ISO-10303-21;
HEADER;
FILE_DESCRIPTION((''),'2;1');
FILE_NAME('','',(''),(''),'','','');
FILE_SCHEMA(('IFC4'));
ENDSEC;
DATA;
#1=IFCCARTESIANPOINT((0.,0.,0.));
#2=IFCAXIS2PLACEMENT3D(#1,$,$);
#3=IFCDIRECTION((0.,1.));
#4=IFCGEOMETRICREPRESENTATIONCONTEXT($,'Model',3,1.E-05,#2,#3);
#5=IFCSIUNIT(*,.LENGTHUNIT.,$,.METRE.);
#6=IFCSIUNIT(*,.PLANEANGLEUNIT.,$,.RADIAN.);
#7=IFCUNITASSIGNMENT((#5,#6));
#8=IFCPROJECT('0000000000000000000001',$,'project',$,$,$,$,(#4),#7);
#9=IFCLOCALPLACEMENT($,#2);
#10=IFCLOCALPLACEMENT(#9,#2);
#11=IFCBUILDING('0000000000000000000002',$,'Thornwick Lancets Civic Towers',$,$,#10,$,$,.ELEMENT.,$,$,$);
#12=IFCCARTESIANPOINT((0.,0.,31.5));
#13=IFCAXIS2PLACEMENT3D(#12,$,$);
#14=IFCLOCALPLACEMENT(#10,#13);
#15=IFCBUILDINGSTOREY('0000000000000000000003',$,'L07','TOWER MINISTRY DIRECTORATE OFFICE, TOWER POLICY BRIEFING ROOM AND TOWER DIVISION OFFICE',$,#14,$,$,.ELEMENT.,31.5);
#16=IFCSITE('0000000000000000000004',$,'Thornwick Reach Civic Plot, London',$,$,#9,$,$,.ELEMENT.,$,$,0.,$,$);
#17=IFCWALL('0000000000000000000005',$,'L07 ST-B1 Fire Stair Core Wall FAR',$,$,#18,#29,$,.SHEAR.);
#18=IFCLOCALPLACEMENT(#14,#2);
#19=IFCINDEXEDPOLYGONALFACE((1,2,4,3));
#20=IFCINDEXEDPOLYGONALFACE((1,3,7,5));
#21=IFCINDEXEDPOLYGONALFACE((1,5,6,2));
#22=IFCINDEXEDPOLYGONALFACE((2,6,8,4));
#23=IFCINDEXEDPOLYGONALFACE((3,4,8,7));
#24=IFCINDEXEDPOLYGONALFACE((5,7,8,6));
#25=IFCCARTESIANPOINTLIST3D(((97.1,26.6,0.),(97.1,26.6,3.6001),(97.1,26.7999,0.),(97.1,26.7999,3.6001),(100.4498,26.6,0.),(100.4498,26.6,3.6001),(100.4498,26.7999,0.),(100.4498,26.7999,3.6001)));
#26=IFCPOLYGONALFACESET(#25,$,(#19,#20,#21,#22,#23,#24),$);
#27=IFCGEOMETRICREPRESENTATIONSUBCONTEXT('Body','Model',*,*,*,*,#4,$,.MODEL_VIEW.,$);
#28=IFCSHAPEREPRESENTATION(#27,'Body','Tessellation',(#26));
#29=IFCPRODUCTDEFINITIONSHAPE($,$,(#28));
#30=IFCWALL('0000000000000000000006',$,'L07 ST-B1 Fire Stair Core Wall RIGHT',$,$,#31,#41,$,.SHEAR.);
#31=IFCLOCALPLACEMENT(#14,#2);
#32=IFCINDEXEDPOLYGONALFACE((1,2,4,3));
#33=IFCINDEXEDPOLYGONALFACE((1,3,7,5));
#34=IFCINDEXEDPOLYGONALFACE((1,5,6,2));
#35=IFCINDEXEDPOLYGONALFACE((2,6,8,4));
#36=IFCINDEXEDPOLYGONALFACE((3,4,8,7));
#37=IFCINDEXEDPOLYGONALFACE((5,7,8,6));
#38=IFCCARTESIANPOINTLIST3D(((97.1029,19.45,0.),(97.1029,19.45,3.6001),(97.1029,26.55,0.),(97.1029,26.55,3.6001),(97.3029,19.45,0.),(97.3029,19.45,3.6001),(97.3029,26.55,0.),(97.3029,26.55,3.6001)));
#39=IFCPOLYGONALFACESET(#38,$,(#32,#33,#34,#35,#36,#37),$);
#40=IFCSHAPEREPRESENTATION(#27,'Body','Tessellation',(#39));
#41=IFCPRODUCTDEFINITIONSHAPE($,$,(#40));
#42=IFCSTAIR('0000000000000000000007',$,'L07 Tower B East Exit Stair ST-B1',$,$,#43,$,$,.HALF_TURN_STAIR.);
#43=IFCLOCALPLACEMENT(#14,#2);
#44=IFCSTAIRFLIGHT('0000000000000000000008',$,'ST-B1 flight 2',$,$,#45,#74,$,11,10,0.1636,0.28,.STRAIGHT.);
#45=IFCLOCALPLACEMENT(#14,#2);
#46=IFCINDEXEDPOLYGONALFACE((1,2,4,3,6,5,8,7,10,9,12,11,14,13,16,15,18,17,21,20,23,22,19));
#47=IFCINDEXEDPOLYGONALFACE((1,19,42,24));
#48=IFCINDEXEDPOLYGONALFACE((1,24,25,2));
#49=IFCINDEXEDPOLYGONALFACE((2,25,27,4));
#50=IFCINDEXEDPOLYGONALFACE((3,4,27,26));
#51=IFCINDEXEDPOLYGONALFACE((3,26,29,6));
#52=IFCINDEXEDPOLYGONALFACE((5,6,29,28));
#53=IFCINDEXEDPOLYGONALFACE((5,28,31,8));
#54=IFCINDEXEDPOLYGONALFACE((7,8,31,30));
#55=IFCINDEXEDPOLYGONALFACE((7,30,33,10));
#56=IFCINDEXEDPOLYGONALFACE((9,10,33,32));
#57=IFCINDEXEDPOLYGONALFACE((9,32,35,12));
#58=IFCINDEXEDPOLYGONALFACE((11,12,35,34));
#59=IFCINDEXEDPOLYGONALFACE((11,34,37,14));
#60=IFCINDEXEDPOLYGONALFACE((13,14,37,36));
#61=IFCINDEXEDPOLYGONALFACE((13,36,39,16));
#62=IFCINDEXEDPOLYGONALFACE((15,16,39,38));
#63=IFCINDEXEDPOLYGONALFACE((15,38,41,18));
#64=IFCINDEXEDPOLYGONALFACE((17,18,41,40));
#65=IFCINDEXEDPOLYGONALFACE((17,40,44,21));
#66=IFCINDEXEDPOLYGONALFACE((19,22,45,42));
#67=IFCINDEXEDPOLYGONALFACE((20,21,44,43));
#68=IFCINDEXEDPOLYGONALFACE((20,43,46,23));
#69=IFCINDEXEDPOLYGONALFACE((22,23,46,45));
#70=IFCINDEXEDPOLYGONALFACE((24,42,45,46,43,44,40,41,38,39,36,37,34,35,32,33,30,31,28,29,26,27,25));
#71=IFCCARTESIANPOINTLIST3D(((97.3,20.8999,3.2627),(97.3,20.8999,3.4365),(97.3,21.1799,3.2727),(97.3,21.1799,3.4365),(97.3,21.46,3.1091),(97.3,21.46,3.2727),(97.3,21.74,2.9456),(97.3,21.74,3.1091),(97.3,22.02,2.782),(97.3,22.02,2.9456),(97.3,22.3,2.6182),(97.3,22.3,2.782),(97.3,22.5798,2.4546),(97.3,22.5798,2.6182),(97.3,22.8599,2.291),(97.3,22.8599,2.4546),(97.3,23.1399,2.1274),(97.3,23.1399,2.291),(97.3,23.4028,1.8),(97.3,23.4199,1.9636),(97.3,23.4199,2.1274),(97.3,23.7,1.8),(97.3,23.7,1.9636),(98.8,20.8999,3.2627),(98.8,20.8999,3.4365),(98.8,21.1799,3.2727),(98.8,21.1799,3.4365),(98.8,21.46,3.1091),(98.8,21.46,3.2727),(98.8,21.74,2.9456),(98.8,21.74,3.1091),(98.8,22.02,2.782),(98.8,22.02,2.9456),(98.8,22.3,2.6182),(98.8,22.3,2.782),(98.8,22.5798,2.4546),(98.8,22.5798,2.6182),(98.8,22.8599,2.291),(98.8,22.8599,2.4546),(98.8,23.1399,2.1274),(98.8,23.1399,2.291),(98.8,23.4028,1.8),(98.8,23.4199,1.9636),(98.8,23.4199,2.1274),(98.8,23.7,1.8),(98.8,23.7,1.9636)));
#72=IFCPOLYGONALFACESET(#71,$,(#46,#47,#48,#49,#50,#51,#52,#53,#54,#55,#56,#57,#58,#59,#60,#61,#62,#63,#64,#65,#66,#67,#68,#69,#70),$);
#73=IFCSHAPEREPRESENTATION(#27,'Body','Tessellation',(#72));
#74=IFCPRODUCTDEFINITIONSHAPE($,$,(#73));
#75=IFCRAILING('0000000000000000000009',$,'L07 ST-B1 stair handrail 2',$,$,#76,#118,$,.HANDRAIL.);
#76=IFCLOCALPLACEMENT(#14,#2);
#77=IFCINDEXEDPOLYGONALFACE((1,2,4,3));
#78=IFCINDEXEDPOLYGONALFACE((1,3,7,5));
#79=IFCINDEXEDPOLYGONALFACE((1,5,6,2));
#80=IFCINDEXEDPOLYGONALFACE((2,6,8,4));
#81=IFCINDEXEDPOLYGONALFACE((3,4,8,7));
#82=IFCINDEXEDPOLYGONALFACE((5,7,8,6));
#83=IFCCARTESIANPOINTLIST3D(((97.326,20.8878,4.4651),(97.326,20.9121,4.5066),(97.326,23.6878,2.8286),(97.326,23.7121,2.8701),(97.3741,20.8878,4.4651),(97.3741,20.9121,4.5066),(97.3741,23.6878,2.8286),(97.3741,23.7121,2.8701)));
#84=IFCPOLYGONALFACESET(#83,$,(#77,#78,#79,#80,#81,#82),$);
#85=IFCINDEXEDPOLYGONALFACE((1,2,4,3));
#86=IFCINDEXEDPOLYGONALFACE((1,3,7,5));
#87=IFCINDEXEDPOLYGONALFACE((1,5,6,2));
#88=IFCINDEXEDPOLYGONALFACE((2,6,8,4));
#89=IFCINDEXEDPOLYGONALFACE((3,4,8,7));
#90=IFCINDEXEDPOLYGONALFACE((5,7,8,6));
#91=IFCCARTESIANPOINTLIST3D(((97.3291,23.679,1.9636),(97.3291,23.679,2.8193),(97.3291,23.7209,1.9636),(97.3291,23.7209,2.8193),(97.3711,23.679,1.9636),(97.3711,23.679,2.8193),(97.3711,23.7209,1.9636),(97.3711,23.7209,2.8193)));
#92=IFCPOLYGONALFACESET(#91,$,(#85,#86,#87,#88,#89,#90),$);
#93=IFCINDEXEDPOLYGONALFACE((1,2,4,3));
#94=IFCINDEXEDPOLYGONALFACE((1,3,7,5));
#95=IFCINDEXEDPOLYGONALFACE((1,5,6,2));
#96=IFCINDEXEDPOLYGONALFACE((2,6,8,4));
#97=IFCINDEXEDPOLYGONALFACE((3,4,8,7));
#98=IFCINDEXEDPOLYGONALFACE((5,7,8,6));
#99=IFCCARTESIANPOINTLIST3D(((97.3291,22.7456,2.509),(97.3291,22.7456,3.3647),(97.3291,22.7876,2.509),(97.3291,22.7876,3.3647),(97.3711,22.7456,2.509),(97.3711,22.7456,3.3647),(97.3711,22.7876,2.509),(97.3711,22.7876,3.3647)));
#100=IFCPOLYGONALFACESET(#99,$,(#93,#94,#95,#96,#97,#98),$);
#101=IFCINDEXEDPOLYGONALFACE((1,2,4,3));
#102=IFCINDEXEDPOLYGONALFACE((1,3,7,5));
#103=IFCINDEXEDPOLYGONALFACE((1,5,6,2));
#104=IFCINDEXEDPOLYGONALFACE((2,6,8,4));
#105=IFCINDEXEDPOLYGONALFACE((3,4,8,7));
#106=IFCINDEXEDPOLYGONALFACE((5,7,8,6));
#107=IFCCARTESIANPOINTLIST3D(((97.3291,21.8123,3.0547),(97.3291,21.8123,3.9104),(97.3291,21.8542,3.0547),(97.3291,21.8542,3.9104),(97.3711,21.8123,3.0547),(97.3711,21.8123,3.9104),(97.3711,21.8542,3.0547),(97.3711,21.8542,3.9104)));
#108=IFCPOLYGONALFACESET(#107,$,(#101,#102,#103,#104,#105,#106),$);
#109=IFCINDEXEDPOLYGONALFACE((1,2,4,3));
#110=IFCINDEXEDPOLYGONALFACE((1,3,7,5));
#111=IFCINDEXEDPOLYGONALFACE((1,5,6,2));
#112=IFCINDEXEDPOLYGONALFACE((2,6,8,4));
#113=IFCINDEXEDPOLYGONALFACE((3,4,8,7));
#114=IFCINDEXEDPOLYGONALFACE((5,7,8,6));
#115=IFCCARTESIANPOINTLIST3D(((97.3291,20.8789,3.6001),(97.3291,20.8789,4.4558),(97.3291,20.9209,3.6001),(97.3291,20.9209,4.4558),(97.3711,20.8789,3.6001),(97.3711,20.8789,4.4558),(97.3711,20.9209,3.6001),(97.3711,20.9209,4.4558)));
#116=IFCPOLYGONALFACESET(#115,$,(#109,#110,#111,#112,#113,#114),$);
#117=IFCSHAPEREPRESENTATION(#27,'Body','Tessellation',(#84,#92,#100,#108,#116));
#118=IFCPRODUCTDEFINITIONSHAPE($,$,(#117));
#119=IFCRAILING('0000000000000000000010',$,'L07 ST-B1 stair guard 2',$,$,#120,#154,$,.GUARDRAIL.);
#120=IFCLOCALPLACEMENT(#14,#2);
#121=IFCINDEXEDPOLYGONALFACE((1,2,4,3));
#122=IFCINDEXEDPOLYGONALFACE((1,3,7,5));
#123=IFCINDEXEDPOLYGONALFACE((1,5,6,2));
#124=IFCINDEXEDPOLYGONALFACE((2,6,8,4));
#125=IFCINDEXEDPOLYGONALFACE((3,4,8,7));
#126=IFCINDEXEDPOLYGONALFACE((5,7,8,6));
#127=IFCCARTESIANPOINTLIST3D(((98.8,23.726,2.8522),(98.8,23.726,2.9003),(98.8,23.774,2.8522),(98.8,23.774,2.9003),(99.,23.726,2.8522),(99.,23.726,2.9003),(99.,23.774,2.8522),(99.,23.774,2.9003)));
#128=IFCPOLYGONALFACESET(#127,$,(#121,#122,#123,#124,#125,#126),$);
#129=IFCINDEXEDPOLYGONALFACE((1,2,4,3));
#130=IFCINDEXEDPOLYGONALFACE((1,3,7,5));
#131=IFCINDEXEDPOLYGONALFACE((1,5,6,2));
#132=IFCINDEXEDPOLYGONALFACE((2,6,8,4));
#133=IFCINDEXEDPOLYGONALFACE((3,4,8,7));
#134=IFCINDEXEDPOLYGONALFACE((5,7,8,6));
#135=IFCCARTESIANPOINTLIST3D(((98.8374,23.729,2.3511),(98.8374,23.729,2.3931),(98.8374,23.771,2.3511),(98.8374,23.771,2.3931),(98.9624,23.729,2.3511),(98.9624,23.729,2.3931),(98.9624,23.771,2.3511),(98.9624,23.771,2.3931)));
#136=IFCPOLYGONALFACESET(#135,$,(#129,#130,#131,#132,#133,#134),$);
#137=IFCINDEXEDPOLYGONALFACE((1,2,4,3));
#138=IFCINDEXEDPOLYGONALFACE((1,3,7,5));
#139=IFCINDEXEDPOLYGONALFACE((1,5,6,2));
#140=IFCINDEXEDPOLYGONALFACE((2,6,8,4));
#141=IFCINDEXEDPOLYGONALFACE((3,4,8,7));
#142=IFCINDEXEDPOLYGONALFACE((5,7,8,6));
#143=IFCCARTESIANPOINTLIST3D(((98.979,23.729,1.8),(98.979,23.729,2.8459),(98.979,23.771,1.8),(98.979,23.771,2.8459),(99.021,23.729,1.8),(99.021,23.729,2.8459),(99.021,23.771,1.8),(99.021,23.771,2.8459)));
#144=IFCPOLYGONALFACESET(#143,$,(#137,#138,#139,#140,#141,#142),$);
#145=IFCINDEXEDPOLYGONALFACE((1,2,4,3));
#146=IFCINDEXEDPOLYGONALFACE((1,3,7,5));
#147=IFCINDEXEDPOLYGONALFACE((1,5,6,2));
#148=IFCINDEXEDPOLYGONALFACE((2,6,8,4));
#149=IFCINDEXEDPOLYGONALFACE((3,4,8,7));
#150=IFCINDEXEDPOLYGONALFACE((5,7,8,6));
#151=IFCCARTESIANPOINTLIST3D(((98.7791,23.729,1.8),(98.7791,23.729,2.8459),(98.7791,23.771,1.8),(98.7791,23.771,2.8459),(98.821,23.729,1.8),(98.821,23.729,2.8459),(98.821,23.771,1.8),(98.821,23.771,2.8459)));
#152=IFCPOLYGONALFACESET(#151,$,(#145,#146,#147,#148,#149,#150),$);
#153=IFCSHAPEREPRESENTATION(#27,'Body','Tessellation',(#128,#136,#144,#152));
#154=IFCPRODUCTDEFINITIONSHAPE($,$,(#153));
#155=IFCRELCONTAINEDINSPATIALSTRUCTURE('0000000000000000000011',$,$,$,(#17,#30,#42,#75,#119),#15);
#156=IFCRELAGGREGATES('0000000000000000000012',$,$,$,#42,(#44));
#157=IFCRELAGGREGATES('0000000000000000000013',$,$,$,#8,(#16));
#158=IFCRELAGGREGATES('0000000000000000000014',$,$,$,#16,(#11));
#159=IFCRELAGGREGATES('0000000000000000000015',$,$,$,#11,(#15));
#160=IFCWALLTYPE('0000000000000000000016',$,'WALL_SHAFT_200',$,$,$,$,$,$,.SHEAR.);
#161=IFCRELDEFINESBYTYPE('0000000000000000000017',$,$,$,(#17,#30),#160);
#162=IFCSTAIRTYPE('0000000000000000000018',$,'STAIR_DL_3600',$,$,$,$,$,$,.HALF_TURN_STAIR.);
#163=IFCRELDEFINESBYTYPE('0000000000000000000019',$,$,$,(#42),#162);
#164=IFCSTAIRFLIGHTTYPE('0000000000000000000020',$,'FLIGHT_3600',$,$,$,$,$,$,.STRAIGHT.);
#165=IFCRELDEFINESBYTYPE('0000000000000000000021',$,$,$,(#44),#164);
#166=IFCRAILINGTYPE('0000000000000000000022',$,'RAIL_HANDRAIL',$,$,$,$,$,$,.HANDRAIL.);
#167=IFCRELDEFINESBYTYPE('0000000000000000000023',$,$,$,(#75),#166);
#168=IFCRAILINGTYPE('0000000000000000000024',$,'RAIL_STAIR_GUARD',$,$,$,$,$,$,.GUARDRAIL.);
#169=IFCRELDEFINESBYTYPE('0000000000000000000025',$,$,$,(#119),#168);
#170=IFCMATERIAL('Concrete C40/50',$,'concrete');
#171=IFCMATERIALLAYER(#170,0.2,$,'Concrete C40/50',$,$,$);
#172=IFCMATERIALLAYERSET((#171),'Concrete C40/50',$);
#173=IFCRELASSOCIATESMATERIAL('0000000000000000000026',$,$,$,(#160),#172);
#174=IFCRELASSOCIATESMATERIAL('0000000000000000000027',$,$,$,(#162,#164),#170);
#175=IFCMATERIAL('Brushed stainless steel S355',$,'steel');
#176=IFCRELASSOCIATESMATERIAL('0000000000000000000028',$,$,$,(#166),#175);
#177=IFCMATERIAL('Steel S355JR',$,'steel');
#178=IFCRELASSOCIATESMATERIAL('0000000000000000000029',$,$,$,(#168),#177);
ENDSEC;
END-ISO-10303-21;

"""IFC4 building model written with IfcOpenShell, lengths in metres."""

from ifc_helpers import new_model, si_unit, direction, frame, frame_2d, origin, origin_2d, place, context, subcontext, project, spatial, polyline, rectangle, outline, extrude, material, layer, layer_set, type_object, element, aggregate, save


model = new_model("IFC4")

# Units and contexts
model_context = context("Model", 3, precision=1e-05, world=origin(), true_north=direction((0.0, 1.0)))
body_context = subcontext(model_context, "Body", "Model", "MODEL_VIEW")
ifc_project = project(units=[si_unit("LENGTHUNIT", "METRE"), si_unit("PLANEANGLEUNIT", "RADIAN")], contexts=[model_context])

# Site, building, storey
site_placement = place(None, origin())
site = spatial("IfcSite", under=ifc_project, at=site_placement, Name="Thornwick Reach Civic Plot, London", CompositionType="ELEMENT", RefElevation=0.0)
building_placement = place(site_placement, origin())
building = spatial("IfcBuilding", under=site, at=building_placement, Name="Thornwick Lancets Civic Towers", CompositionType="ELEMENT")
storey_placement = place(building_placement, frame((0.0, 0.0, 31.5)))
storey = spatial("IfcBuildingStorey", under=building, at=storey_placement, Name="L07", Description="TOWER MINISTRY DIRECTORATE OFFICE, TOWER POLICY BRIEFING ROOM AND TOWER DIVISION OFFICE", CompositionType="ELEMENT", Elevation=31.5)

# Walls
ifc_material_1 = material(Name="Concrete C40/50", Category="concrete")
ifc_layer_1 = layer(ifc_material_1, 0.2, Name="Concrete C40/50")
ifc_layer_set_1 = layer_set([ifc_layer_1], Name="Concrete C40/50")
wall_type_1 = type_object("IfcWallType", Name="WALL_SHAFT_200", PredefinedType="SHEAR", material=ifc_layer_set_1)
wall_1_placement = place(storey_placement, frame((97.1001, 26.7, 0.0), z_axis=(0.0, 0.0, 1.0), x_axis=(1.0, 0.0, 0.0)))
element("IfcWall", 1, at=wall_1_placement, inside=storey, type_object=wall_type_1, Name="L07 ST-B1 Fire Stair Core Wall FAR", PredefinedType="SHEAR", context=body_context, shape_type="SweptSolid", body=[
    extrude(rectangle(XDim=3.3499, YDim=0.2, at=frame_2d((1.6748, 0.0))), origin(), (0.0, 0.0, 1.0), 3.6001),
])
wall_2_placement = place(storey_placement, frame((97.2029, 26.55, 0.0), z_axis=(0.0, 0.0, 1.0), x_axis=(0.0, -1.0, 0.0)))
element("IfcWall", 2, at=wall_2_placement, inside=storey, type_object=wall_type_1, Name="L07 ST-B1 Fire Stair Core Wall RIGHT", PredefinedType="SHEAR", context=body_context, shape_type="SweptSolid", body=[
    extrude(rectangle(XDim=7.1001, YDim=0.2, at=frame_2d((3.55, 0.0))), origin(), (0.0, 0.0, 1.0), 3.6001),
])

# Stair, stair flight
stair_type = type_object("IfcStairType", Name="STAIR_DL_3600", PredefinedType="HALF_TURN_STAIR", material=ifc_material_1)
stair_placement = place(storey_placement, origin())
stair = element("IfcStair", 3, at=stair_placement, inside=storey, type_object=stair_type, Name="L07 Tower B East Exit Stair ST-B1", PredefinedType="HALF_TURN_STAIR")
stair_flight_type = type_object("IfcStairFlightType", Name="FLIGHT_3600", PredefinedType="STRAIGHT", material=ifc_material_1)
stair_flight_placement = place(storey_placement, frame((98.05, 23.7, 1.8), z_axis=(0.0, 0.0, 1.0), x_axis=(0.0, -1.0, 0.0)))
stair_flight = element("IfcStairFlight", 4, at=stair_flight_placement, type_object=stair_flight_type, Name="ST-B1 flight 2", NumberOfRisers=11, NumberOfTreads=10, PredefinedType="STRAIGHT", RiserHeight=0.1636, TreadLength=0.28, context=body_context, shape_type="SweptSolid", body=[
    extrude(outline(polyline([(0.0, 0.0), (0.0, 0.1636), (0.28, 0.1636), (0.28, 0.3274), (0.5601, 0.3274), (0.5601, 0.491), (0.8401, 0.491), (0.8401, 0.6545), (1.1201, 0.6545), (1.1201, 0.8181), (1.3999, 0.8181), (1.3999, 0.9819), (1.6799, 0.9819), (1.6799, 1.1455), (1.96, 1.1455), (1.96, 1.3091), (2.24, 1.3091), (2.24, 1.4727), (2.52, 1.4727), (2.52, 1.6365), (2.8, 1.6365), (2.8, 1.8), (2.8, 1.4626), (0.2971, 0.0), (0.0, 0.0)])), frame((0.0, 0.75, 0.0), z_axis=(0.0, -1.0, 0.0), x_axis=(1.0, 0.0, 0.0)), (0.0, 0.0, 1.0), 1.5),
])
aggregate(stair, [stair_flight])

# Railings
ifc_material_2 = material(Name="Brushed stainless steel S355", Category="steel")
railing_type_1 = type_object("IfcRailingType", Name="RAIL_HANDRAIL", PredefinedType="HANDRAIL", material=ifc_material_2)
railing_1_placement = place(storey_placement, frame((97.3501, 23.7, 1.9636)))
element("IfcRailing", 5, at=railing_1_placement, inside=storey, type_object=railing_type_1, Name="L07 ST-B1 stair handrail 2", PredefinedType="HANDRAIL", context=body_context, shape_type="SweptSolid", body=[
    extrude(rectangle(XDim=0.0481, YDim=0.0481, at=origin_2d()), frame((0.0, 0.0, 0.8857), z_axis=(0.0, -0.863361, 0.504587), x_axis=(1.0, 0.0, 0.0)), (0.0, 0.0, 1.0), 3.2432),
    extrude(rectangle(XDim=0.042, YDim=0.042, at=origin_2d()), origin(), (0.0, 0.0, 1.0), 0.8557),
    extrude(rectangle(XDim=0.042, YDim=0.042, at=origin_2d()), frame((0.0, -0.9333, 0.5454)), (0.0, 0.0, 1.0), 0.8557),
    extrude(rectangle(XDim=0.042, YDim=0.042, at=origin_2d()), frame((0.0, -1.8667, 1.0911)), (0.0, 0.0, 1.0), 0.8557),
    extrude(rectangle(XDim=0.042, YDim=0.042, at=origin_2d()), frame((0.0, -2.8, 1.6365)), (0.0, 0.0, 1.0), 0.8557),
])
ifc_material_3 = material(Name="Steel S355JR", Category="steel")
railing_type_2 = type_object("IfcRailingType", Name="RAIL_STAIR_GUARD", PredefinedType="GUARDRAIL", material=ifc_material_3)
railing_2_placement = place(storey_placement, frame((99.0, 23.75, 1.8)))
element("IfcRailing", 6, at=railing_2_placement, inside=storey, type_object=railing_type_2, Name="L07 ST-B1 stair guard 2", PredefinedType="GUARDRAIL", context=body_context, shape_type="SweptSolid", body=[
    extrude(rectangle(XDim=0.0481, YDim=0.0481, at=origin_2d()), frame((0.0, 0.0, 1.0762), z_axis=(-1.0, 0.0, 0.0), x_axis=(0.0, -1.0, 0.0)), (0.0, 0.0, 1.0), 0.2),
    extrude(rectangle(XDim=0.042, YDim=0.042, at=origin_2d()), frame((-0.0376, 0.0, 0.572), z_axis=(-1.0, 0.0, 0.0), x_axis=(0.0, -1.0, 0.0)), (0.0, 0.0, 1.0), 0.125),
    extrude(rectangle(XDim=0.042, YDim=0.042, at=origin_2d()), origin(), (0.0, 0.0, 1.0), 1.0459),
    extrude(rectangle(XDim=0.042, YDim=0.042, at=origin_2d()), frame((-0.2, 0.0, 0.0)), (0.0, 0.0, 1.0), 1.0459),
])

save(model, "model.ifc")
